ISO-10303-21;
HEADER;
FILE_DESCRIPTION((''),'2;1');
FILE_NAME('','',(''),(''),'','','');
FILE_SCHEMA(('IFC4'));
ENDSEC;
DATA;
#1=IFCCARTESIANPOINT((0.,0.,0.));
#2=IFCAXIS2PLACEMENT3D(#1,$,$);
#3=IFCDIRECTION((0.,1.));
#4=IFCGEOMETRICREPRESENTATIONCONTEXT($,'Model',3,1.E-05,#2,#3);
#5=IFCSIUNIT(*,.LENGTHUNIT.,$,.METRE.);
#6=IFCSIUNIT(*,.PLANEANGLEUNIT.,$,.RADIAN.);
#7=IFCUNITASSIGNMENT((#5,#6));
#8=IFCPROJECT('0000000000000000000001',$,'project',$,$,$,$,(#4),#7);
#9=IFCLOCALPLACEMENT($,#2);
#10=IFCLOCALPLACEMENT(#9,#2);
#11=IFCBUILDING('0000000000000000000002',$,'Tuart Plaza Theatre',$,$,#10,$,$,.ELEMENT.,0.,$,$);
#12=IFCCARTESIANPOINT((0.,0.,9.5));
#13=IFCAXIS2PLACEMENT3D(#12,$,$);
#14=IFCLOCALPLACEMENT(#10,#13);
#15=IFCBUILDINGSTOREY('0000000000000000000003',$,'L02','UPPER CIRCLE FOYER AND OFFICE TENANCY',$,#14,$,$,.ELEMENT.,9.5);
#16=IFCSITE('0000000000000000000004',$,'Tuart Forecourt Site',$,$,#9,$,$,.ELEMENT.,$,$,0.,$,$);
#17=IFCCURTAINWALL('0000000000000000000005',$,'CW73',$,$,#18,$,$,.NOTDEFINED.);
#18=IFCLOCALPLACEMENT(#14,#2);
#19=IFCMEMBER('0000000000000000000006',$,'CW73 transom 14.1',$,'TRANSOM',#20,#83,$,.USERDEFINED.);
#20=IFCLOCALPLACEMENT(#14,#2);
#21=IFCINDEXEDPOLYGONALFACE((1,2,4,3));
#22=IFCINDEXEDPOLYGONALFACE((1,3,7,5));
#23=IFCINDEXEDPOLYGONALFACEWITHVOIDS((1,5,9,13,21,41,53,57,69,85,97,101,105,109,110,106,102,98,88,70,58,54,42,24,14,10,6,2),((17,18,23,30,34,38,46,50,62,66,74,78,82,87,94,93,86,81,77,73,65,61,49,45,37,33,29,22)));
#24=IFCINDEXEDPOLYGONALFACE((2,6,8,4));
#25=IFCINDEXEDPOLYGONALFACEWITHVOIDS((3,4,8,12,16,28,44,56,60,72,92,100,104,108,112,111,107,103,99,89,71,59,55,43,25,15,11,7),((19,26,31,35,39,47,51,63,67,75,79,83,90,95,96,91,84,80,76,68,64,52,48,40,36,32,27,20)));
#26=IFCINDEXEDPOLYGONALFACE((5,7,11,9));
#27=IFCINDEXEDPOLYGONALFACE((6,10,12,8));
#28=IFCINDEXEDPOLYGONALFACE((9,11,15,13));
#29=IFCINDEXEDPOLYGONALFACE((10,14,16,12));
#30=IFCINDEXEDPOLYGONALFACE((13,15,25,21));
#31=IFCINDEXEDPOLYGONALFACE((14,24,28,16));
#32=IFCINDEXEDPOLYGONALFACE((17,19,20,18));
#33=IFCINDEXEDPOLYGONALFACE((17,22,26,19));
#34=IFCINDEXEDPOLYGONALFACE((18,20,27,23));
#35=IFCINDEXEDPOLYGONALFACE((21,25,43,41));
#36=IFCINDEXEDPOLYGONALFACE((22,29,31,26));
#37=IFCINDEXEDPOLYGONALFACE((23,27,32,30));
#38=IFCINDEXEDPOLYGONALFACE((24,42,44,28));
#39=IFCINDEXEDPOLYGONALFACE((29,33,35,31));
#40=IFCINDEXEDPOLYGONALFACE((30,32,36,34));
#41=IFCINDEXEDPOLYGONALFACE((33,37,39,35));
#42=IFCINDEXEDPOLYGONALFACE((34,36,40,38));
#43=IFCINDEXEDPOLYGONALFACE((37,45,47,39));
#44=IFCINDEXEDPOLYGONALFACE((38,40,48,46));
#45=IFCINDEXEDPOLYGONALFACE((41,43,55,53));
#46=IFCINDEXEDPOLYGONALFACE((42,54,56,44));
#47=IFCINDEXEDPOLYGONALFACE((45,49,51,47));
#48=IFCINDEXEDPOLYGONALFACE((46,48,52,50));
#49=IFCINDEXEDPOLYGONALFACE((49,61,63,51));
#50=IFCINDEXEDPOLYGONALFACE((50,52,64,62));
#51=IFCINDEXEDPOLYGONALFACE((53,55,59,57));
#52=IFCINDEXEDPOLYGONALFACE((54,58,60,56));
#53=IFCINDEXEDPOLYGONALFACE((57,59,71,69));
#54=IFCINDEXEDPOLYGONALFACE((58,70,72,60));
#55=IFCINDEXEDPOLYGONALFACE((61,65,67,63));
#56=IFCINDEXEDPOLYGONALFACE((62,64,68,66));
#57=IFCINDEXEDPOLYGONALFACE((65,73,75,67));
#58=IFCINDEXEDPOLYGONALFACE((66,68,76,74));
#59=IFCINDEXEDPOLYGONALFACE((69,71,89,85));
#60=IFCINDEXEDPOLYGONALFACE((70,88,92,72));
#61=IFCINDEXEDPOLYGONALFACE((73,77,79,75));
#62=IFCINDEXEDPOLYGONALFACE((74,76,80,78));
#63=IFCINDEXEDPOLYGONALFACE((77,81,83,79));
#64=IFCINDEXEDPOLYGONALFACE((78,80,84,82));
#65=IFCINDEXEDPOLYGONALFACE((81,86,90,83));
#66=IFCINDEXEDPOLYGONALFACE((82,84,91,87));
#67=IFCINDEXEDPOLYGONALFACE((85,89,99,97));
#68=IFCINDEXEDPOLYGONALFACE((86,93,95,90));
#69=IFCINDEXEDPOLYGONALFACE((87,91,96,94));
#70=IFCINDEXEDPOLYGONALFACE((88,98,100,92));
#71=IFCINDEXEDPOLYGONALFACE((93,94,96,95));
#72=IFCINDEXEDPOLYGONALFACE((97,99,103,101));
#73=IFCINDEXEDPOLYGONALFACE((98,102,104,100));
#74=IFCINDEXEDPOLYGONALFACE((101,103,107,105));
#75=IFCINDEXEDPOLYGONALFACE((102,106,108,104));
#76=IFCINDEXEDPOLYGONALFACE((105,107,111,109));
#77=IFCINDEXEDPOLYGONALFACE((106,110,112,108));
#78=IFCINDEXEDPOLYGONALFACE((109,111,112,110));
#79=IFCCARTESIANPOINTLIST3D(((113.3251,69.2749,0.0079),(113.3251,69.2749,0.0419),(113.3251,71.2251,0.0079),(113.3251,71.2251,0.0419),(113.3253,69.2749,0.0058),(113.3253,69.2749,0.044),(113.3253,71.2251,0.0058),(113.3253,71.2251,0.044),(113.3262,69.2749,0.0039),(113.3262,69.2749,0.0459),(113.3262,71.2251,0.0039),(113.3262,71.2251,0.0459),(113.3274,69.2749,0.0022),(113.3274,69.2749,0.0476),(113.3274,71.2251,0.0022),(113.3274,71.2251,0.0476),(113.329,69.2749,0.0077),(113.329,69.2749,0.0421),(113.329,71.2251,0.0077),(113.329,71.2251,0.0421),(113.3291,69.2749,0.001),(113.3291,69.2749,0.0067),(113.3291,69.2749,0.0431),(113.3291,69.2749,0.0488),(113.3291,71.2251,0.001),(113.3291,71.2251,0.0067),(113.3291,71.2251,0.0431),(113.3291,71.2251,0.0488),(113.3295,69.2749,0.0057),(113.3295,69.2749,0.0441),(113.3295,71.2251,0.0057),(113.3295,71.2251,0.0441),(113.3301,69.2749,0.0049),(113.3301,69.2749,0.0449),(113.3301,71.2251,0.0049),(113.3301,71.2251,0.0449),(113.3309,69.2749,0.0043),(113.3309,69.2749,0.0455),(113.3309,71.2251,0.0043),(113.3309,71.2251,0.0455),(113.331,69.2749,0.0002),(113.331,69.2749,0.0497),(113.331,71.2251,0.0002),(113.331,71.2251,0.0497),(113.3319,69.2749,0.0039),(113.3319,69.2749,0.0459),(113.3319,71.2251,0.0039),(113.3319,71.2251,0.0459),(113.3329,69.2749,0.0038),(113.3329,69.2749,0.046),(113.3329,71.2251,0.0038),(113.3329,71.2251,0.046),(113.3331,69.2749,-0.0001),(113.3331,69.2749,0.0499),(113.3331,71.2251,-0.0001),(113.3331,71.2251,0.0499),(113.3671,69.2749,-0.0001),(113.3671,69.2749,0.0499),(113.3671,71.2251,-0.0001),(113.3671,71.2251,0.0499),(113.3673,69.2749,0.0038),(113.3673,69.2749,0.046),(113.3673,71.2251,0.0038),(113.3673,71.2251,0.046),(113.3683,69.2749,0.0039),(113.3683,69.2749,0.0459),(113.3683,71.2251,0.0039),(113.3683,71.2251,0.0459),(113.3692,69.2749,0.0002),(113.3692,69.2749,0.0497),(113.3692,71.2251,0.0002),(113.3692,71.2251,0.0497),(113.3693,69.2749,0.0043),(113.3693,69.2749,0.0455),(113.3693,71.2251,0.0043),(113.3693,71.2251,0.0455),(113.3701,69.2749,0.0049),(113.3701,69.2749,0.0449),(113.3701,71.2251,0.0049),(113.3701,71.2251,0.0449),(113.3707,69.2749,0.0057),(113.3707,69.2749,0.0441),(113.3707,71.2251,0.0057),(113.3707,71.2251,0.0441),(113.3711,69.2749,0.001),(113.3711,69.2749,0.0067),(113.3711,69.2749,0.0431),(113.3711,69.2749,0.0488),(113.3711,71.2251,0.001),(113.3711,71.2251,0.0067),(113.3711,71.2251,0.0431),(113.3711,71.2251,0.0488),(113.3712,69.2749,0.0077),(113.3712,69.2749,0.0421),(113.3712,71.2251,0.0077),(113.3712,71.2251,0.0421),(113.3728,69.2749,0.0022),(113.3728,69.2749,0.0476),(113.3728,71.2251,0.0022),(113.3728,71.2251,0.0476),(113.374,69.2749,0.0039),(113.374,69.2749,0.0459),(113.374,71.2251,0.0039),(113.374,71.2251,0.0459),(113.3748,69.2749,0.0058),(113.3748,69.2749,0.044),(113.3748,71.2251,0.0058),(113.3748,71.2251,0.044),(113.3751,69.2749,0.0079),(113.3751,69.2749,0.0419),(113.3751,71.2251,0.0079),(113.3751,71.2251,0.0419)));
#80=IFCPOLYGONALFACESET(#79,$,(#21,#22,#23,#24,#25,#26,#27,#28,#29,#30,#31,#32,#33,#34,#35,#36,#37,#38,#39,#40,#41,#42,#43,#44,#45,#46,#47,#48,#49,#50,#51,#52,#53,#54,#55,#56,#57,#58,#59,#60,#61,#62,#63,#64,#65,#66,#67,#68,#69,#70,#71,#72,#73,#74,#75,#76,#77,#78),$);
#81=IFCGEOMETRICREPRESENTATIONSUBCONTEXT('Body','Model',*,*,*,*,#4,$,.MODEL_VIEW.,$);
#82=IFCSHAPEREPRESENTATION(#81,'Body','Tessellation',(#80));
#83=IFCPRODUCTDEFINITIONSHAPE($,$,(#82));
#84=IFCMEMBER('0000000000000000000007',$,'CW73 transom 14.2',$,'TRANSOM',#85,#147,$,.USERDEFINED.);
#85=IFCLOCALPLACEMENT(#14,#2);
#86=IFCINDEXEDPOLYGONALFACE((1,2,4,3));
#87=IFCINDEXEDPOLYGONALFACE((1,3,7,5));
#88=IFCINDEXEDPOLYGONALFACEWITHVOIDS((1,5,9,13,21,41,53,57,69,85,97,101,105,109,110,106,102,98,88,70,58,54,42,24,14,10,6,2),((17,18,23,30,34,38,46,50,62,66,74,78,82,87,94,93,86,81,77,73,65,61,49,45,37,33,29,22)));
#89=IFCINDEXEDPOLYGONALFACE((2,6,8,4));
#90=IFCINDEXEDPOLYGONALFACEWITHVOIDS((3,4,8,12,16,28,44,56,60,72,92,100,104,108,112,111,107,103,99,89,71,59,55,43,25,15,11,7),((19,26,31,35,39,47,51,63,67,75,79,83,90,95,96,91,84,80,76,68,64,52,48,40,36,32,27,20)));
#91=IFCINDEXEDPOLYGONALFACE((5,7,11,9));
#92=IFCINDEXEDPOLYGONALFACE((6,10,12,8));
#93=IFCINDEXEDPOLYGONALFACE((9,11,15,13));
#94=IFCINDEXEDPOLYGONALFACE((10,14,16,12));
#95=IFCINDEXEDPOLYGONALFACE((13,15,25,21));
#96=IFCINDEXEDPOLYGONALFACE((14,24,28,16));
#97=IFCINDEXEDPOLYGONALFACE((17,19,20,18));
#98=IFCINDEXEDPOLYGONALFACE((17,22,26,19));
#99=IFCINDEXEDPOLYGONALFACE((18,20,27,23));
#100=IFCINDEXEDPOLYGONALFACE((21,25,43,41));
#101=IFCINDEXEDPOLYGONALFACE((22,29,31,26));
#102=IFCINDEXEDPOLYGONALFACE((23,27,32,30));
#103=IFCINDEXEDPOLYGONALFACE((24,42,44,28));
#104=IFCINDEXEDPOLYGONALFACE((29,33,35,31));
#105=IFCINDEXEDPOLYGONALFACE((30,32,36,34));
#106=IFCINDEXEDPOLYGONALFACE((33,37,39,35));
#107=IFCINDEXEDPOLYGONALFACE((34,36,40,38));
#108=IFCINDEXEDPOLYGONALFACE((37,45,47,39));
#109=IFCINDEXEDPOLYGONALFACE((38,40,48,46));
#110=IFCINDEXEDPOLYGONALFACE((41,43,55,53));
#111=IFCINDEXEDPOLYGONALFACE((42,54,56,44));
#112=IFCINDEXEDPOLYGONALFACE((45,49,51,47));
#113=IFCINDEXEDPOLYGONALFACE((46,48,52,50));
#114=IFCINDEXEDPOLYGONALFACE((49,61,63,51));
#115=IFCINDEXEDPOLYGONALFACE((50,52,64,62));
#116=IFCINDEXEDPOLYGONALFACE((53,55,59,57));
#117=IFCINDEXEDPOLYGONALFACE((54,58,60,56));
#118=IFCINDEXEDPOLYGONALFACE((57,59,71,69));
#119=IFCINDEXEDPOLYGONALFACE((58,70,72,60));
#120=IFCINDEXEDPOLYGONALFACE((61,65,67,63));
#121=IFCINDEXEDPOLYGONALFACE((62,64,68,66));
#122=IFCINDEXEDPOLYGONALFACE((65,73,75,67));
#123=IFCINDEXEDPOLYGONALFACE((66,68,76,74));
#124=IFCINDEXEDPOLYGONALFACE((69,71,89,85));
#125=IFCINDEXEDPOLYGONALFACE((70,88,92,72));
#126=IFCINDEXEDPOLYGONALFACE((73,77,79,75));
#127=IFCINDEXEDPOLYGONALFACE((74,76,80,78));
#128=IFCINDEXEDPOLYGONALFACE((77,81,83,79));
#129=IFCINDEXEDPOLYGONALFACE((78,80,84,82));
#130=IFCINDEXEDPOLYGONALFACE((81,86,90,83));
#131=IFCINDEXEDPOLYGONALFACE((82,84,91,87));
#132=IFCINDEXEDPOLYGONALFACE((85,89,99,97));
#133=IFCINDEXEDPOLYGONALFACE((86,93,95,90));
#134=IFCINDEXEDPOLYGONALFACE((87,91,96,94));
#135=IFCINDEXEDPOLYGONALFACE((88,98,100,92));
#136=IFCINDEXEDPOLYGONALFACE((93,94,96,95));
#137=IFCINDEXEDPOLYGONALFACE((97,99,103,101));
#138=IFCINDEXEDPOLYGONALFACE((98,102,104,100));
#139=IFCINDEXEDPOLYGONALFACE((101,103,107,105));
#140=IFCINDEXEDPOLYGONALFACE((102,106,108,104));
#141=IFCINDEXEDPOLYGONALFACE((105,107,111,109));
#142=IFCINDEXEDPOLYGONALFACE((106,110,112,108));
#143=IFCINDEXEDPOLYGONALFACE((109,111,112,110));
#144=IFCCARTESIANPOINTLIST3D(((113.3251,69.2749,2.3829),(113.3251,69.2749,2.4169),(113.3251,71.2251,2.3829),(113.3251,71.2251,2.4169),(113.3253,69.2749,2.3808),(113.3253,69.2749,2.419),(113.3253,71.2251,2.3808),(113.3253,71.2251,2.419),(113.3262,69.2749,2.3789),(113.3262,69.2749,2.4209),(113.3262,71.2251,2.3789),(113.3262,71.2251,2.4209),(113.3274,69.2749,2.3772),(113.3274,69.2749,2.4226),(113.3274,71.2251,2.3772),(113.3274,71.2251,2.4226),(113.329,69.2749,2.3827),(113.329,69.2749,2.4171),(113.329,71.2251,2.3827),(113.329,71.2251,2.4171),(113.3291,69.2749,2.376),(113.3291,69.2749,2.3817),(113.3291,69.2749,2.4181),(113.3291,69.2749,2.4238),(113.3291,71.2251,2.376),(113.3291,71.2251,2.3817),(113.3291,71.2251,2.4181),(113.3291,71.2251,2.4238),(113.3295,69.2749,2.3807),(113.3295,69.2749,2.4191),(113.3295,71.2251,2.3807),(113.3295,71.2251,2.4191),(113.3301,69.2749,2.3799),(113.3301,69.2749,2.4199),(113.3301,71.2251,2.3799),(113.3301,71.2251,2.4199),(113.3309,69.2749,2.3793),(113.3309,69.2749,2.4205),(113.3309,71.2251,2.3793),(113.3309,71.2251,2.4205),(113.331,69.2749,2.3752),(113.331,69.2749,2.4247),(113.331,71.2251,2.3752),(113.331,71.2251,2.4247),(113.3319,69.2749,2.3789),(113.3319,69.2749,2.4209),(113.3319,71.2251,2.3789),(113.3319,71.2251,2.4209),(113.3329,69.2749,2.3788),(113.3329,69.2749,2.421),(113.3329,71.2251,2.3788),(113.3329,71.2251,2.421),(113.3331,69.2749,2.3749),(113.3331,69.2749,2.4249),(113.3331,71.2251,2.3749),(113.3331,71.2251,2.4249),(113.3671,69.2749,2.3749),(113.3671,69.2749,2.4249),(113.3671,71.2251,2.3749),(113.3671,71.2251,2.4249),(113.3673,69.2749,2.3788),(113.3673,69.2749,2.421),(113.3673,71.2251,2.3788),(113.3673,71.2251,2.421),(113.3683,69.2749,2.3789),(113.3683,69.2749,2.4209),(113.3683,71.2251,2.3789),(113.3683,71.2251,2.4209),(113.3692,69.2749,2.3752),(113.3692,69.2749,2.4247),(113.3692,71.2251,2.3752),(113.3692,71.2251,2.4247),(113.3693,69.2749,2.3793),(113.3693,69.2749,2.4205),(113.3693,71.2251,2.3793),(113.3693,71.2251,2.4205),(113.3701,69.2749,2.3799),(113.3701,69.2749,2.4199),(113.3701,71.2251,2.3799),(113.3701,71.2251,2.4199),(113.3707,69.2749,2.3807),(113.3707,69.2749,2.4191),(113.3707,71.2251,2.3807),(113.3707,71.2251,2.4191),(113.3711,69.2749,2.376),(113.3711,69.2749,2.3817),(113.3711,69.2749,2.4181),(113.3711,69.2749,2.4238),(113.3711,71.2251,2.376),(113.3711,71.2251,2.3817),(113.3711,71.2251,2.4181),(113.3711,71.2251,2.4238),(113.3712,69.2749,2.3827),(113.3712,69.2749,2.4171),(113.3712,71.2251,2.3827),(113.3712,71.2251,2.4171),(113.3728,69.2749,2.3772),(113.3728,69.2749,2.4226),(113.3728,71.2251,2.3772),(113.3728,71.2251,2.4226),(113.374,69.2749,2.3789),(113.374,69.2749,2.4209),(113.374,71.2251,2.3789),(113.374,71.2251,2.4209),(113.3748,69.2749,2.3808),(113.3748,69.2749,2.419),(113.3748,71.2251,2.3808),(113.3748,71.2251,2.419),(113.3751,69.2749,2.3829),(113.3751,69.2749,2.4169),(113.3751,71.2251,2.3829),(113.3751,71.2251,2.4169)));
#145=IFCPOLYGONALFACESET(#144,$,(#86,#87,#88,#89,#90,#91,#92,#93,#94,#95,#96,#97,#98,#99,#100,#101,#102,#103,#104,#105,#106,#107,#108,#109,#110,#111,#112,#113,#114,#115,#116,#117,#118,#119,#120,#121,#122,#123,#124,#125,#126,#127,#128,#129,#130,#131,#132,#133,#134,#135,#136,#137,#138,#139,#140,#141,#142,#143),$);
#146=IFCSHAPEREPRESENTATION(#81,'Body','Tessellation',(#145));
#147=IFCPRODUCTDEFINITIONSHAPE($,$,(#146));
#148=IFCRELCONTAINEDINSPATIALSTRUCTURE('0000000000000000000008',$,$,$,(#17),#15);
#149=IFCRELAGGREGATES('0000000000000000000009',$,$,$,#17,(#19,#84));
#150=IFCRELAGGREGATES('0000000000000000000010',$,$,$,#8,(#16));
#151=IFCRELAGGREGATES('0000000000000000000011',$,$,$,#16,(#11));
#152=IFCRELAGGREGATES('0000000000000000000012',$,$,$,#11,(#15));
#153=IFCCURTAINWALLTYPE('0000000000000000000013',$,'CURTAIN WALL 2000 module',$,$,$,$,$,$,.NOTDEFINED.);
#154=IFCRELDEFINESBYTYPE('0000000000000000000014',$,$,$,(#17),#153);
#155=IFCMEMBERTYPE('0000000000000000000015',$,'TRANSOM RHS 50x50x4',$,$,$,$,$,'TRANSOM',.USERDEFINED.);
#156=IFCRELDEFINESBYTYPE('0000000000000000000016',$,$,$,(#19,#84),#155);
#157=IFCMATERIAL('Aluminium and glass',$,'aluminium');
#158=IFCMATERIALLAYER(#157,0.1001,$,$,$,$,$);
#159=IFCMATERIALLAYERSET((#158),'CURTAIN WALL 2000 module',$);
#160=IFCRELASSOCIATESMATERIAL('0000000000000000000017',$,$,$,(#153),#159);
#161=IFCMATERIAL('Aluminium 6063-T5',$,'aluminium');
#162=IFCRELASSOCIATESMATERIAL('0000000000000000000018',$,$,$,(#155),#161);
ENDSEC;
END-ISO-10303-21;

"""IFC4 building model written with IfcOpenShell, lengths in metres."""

from ifc_helpers import new_model, si_unit, direction, frame, origin, origin_2d, place, context, subcontext, project, spatial, hollow_rectangle, extrude, material, layer, layer_set, material_profile, profile_set, type_object, element, aggregate, save


model = new_model("IFC4")

# Units and contexts
model_context = context("Model", 3, precision=1e-05, world=origin(), true_north=direction((0.0, 1.0)))
body_context = subcontext(model_context, "Body", "Model", "MODEL_VIEW")
ifc_project = project(units=[si_unit("LENGTHUNIT", "METRE"), si_unit("PLANEANGLEUNIT", "RADIAN")], contexts=[model_context])

# Site, building, storey
site_placement = place(None, origin())
site = spatial("IfcSite", under=ifc_project, at=site_placement, Name="Tuart Forecourt Site", CompositionType="ELEMENT", RefElevation=0.0)
building_placement = place(site_placement, origin())
building = spatial("IfcBuilding", under=site, at=building_placement, Name="Tuart Plaza Theatre", CompositionType="ELEMENT", ElevationOfRefHeight=0.0)
storey_placement = place(building_placement, frame((0.0, 0.0, 9.5)))
storey = spatial("IfcBuildingStorey", under=building, at=storey_placement, Name="L02", Description="UPPER CIRCLE FOYER AND OFFICE TENANCY", CompositionType="ELEMENT", Elevation=9.5)

# Curtain wall, members
ifc_material_1 = material(Name="Aluminium and glass", Category="aluminium")
ifc_layer_1 = layer(ifc_material_1, 0.1001)
ifc_layer_set_1 = layer_set([ifc_layer_1], Name="CURTAIN WALL 2000 module")
curtain_wall_type = type_object("IfcCurtainWallType", Name="CURTAIN WALL 2000 module", PredefinedType="NOTDEFINED", material=ifc_layer_set_1)
curtain_wall_placement = place(storey_placement, origin())
curtain_wall = element("IfcCurtainWall", 1, at=curtain_wall_placement, inside=storey, type_object=curtain_wall_type, Name="CW73", PredefinedType="NOTDEFINED")
ifc_material_2 = material(Name="Aluminium 6063-T5", Category="aluminium")
ifc_material_profile_1 = material_profile(ifc_material_2, hollow_rectangle(XDim=0.05, YDim=0.05, WallThickness=0.0039, InnerFilletRadius=0.0039, OuterFilletRadius=0.0081, at=origin_2d()), Name="RHS 50x50x4")
ifc_profile_set_1 = profile_set([ifc_material_profile_1], Name="Aluminium 6063-T5")
member_type_1 = type_object("IfcMemberType", Name="TRANSOM RHS 50x50x4", ElementType="TRANSOM", PredefinedType="USERDEFINED", material=ifc_profile_set_1)
member_1_placement = place(storey_placement, frame((113.3501, 71.2251, 0.0249), z_axis=(0.0, -1.0, 0.0), x_axis=(1.0, 0.0, 0.0)))
member_1 = element("IfcMember", 2, at=member_1_placement, type_object=member_type_1, Name="CW73 transom 14.1", ObjectType="TRANSOM", PredefinedType="USERDEFINED", context=body_context, shape_type="SweptSolid", body=[
    extrude(hollow_rectangle(XDim=0.05, YDim=0.05, WallThickness=0.0039, InnerFilletRadius=0.0039, OuterFilletRadius=0.0081, at=origin_2d()), origin(), (0.0, 0.0, 1.0), 1.9502),
])
member_2_placement = place(storey_placement, frame((113.3501, 71.2251, 2.3999), z_axis=(0.0, -1.0, 0.0), x_axis=(1.0, 0.0, 0.0)))
member_2 = element("IfcMember", 3, at=member_2_placement, type_object=member_type_1, Name="CW73 transom 14.2", ObjectType="TRANSOM", PredefinedType="USERDEFINED", context=body_context, shape_type="SweptSolid", body=[
    extrude(hollow_rectangle(XDim=0.05, YDim=0.05, WallThickness=0.0039, InnerFilletRadius=0.0039, OuterFilletRadius=0.0081, at=origin_2d()), origin(), (0.0, 0.0, 1.0), 1.9502),
])
aggregate(curtain_wall, [member_1, member_2])

save(model, "model.ifc")
